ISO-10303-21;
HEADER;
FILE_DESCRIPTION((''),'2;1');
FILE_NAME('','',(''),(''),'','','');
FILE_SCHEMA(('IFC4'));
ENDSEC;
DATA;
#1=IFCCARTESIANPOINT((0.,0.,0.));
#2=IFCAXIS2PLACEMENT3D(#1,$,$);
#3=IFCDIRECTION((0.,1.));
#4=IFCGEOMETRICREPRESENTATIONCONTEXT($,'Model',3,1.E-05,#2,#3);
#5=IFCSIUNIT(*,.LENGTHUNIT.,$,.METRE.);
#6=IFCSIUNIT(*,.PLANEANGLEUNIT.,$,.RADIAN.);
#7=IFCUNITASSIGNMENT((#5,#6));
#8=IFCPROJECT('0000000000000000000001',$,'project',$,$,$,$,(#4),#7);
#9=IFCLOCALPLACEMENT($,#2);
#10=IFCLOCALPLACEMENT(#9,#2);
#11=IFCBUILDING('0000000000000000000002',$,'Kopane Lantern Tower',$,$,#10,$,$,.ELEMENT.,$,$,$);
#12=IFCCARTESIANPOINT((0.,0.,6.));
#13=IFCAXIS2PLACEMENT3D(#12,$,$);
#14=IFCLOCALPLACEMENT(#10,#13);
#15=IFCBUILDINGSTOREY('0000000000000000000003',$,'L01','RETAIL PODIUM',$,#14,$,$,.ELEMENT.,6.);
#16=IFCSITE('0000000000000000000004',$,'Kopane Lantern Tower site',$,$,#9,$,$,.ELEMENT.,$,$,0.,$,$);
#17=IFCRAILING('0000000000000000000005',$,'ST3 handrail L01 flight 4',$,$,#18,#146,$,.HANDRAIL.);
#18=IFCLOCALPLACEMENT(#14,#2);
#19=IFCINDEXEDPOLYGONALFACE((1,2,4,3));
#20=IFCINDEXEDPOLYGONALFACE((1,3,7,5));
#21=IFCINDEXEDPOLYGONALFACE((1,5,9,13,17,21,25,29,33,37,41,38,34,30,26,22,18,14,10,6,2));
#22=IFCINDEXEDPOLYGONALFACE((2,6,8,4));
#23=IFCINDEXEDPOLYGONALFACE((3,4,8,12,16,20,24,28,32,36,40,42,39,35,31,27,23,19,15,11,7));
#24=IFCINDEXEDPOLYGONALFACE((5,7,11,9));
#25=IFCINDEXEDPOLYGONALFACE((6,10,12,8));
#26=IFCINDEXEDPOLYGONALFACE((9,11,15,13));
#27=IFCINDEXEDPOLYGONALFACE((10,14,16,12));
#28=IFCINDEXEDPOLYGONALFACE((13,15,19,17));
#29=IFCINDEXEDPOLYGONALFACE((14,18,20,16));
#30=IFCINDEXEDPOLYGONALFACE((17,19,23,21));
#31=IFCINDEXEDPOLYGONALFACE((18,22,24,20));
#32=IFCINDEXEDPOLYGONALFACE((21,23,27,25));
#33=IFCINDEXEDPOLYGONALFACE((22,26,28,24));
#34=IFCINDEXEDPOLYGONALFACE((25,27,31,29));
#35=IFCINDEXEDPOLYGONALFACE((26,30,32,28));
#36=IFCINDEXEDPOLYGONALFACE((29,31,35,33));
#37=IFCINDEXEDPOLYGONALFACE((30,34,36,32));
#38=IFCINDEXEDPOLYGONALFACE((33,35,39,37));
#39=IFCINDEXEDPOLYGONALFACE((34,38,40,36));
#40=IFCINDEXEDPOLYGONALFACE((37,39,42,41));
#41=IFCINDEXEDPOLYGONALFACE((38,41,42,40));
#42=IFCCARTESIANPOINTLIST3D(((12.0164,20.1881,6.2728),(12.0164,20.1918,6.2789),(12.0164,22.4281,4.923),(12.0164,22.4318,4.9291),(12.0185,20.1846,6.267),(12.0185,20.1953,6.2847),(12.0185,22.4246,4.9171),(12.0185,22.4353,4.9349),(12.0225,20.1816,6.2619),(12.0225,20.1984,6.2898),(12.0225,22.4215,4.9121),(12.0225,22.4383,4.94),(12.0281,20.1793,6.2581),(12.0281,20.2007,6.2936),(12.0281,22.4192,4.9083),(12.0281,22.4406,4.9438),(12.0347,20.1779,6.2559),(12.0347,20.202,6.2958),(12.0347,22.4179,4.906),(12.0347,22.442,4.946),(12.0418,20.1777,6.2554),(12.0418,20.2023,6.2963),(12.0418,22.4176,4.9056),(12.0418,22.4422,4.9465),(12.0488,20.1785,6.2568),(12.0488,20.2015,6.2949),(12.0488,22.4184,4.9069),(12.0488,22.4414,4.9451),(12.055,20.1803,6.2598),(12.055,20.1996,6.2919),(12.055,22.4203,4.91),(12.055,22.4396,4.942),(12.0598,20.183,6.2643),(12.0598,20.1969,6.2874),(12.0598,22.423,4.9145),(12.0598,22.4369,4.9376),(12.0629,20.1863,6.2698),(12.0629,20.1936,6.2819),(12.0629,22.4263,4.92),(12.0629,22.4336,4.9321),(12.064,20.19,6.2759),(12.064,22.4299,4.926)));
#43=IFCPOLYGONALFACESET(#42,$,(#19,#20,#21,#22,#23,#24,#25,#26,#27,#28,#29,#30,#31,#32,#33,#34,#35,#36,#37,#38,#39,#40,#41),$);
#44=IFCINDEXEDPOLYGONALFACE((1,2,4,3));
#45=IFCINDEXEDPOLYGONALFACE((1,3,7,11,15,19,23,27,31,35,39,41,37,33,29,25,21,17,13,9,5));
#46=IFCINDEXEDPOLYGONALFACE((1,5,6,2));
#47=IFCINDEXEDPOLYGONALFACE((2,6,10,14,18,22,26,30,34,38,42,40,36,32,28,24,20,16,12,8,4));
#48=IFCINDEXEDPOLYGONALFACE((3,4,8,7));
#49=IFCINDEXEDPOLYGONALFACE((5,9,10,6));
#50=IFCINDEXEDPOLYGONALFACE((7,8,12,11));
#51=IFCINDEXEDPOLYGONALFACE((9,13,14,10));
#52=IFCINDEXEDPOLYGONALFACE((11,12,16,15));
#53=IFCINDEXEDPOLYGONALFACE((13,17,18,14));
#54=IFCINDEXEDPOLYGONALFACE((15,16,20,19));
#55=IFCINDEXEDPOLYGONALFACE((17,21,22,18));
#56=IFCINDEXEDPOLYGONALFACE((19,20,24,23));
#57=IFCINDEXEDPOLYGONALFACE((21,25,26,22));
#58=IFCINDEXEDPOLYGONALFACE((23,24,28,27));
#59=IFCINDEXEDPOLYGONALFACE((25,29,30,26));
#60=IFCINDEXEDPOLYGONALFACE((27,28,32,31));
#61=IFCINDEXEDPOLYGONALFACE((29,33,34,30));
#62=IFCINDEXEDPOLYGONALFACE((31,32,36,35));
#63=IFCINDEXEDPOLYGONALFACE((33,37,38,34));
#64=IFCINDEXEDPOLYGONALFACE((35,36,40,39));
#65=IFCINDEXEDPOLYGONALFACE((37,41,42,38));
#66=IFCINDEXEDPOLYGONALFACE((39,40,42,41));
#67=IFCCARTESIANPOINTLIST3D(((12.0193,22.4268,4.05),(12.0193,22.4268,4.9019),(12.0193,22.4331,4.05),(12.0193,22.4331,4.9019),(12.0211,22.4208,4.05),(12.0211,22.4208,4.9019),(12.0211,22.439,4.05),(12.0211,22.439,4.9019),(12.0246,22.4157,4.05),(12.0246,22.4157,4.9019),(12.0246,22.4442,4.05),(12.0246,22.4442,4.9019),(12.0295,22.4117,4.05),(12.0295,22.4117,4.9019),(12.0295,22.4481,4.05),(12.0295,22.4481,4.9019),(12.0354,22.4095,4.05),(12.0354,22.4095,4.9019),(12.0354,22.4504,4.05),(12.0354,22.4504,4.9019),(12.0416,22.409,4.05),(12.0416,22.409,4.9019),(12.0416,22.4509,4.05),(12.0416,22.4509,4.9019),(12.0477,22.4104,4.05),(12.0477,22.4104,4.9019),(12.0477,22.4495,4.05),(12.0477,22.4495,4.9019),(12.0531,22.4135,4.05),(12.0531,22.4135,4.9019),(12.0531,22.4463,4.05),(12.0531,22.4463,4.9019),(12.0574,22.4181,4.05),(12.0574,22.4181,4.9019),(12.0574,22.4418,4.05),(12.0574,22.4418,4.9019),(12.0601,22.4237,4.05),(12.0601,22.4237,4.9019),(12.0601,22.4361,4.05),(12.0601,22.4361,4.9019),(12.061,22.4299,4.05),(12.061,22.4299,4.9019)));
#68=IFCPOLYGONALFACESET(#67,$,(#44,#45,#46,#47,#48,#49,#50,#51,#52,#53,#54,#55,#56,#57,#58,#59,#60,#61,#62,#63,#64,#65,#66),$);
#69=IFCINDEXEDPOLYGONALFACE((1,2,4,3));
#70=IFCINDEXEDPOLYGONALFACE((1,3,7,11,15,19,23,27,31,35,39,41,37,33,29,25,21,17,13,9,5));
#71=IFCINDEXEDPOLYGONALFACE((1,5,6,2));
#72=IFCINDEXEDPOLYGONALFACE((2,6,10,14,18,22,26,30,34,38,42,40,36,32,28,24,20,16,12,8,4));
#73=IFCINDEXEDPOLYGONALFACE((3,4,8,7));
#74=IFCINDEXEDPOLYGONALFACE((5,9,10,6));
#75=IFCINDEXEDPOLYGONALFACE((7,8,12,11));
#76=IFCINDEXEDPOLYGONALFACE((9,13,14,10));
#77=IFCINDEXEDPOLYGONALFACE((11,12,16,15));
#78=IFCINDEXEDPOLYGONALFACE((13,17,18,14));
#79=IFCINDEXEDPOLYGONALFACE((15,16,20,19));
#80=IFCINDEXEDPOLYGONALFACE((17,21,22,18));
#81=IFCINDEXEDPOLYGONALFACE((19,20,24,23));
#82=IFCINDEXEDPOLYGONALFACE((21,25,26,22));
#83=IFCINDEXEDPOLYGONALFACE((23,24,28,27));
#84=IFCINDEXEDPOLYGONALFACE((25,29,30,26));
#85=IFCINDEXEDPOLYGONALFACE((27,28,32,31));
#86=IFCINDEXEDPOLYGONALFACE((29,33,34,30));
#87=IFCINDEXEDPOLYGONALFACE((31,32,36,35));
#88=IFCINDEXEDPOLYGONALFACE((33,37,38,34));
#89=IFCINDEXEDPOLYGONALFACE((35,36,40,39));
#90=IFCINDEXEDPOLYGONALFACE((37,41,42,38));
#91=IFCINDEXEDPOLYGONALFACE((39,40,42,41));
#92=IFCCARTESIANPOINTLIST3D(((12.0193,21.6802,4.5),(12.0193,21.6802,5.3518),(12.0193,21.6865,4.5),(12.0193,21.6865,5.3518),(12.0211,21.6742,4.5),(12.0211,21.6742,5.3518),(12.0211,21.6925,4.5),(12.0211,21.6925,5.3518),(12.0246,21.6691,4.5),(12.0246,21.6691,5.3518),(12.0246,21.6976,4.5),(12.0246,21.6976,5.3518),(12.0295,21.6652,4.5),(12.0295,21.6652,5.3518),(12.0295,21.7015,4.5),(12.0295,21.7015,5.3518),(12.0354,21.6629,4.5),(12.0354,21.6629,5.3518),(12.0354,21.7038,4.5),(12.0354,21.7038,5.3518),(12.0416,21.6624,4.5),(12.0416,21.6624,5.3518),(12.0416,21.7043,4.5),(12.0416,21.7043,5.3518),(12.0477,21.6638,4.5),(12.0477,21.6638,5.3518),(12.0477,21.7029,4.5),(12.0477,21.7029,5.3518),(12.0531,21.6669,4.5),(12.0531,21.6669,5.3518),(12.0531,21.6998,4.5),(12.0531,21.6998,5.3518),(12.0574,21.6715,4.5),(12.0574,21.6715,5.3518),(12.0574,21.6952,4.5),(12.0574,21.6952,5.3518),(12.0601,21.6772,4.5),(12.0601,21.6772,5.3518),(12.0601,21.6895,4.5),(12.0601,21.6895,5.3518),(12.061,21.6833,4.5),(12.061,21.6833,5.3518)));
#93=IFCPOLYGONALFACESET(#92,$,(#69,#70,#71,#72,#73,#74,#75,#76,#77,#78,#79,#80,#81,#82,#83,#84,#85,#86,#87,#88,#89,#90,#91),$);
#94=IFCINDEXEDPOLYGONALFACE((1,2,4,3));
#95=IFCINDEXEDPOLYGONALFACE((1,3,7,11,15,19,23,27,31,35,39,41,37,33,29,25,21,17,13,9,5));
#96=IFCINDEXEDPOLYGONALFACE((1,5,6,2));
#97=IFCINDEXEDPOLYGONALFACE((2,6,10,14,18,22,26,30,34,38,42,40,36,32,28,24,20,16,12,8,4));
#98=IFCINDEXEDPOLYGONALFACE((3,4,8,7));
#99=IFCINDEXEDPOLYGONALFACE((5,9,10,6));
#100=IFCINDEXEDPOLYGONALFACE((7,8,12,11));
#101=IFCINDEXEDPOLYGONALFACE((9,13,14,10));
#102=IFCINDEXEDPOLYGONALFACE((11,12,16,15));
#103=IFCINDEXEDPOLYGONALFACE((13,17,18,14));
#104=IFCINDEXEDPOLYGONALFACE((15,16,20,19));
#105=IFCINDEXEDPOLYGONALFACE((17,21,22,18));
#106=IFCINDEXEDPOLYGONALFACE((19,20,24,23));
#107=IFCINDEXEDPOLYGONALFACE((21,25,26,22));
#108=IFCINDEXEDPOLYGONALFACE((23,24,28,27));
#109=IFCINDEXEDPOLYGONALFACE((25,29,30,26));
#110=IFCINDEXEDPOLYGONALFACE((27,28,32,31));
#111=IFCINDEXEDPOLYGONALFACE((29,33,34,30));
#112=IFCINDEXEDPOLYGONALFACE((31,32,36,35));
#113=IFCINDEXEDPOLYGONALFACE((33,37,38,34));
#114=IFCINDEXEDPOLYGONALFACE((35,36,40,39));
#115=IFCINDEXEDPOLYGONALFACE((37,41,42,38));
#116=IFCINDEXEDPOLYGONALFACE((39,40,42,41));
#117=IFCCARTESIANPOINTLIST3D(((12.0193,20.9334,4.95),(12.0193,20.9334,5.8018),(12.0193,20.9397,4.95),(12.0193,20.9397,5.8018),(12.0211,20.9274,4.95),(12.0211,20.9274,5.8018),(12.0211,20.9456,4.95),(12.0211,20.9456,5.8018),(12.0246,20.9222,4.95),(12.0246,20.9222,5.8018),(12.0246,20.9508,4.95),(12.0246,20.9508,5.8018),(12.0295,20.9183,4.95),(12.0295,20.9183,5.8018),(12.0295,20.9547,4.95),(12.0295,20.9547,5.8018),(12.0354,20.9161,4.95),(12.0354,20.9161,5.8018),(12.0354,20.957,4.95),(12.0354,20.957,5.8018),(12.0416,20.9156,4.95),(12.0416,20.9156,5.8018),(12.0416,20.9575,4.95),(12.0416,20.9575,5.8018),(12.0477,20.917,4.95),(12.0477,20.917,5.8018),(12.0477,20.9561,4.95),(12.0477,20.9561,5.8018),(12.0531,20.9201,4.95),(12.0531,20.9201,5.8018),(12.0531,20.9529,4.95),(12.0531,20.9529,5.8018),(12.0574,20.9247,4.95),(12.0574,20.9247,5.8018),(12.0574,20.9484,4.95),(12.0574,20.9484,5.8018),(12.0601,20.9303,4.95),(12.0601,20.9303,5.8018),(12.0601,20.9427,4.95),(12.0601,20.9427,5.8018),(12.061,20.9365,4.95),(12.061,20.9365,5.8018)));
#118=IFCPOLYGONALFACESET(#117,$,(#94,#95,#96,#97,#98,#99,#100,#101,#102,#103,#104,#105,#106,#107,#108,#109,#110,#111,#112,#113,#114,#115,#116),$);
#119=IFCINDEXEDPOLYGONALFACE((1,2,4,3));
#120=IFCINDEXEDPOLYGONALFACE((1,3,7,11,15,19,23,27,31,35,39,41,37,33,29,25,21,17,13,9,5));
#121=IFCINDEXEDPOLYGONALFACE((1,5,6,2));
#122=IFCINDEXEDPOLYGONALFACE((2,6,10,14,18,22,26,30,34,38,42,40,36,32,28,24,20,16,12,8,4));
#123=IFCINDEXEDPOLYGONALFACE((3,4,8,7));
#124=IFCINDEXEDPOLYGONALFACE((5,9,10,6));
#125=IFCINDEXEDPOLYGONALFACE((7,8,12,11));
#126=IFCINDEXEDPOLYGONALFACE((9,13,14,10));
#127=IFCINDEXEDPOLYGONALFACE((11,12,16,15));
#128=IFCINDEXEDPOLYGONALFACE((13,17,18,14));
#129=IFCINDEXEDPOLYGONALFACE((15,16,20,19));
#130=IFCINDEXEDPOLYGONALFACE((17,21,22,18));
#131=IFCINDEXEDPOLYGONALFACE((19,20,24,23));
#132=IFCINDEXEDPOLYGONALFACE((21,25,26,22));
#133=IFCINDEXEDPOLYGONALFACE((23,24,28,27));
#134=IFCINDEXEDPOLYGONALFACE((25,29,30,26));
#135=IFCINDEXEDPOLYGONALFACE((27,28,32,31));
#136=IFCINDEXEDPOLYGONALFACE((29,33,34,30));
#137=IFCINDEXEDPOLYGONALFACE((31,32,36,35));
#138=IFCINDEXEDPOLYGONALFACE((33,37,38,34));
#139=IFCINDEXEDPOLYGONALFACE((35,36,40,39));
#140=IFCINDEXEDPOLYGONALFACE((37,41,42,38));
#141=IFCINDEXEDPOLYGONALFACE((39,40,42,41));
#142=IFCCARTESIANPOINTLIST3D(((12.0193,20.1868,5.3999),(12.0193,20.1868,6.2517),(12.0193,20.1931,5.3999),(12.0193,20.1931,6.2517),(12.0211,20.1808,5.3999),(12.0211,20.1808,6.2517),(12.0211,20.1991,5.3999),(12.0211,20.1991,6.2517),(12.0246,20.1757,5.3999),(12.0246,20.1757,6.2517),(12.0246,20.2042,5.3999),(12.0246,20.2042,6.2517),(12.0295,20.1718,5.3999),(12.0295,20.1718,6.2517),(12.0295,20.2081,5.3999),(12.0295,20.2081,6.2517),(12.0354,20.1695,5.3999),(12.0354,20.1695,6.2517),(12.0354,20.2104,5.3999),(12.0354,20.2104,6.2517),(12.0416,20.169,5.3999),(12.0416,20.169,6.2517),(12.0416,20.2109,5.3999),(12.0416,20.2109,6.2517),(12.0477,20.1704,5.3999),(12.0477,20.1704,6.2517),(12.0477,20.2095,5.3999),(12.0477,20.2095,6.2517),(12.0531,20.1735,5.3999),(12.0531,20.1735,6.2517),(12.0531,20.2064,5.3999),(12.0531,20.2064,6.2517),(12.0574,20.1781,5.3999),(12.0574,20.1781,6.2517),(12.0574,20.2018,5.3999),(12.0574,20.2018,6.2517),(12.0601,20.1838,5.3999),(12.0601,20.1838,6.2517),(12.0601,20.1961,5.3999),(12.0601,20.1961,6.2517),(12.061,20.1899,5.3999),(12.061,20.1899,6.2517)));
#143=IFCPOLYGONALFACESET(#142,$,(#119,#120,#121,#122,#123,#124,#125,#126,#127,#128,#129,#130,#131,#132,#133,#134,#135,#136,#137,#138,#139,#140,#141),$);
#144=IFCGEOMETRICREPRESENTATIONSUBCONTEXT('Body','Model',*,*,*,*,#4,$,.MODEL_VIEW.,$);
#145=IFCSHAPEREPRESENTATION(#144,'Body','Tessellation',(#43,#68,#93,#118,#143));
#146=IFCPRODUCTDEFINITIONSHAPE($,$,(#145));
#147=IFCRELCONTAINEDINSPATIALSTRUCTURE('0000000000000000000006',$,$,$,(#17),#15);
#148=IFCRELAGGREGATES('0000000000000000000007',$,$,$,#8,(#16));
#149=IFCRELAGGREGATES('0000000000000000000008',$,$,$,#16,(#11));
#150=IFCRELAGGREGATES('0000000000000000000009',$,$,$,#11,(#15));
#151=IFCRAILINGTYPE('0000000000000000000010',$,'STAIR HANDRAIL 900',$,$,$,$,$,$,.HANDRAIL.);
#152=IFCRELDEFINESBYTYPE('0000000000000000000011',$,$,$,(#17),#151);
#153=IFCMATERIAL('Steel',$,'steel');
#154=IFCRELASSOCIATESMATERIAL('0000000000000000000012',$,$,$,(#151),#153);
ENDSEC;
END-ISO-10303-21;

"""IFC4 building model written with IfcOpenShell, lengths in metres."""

from ifc_helpers import new_model, si_unit, direction, frame, origin, origin_2d, place, context, subcontext, project, spatial, circle, extrude, material, type_object, element, save


model = new_model("IFC4")

# Units and contexts
model_context = context("Model", 3, precision=1e-05, world=origin(), true_north=direction((0.0, 1.0)))
body_context = subcontext(model_context, "Body", "Model", "MODEL_VIEW")
ifc_project = project(units=[si_unit("LENGTHUNIT", "METRE"), si_unit("PLANEANGLEUNIT", "RADIAN")], contexts=[model_context])

# Site, building, storey
site_placement = place(None, origin())
site = spatial("IfcSite", under=ifc_project, at=site_placement, Name="Kopane Lantern Tower site", CompositionType="ELEMENT", RefElevation=0.0)
building_placement = place(site_placement, origin())
building = spatial("IfcBuilding", under=site, at=building_placement, Name="Kopane Lantern Tower", CompositionType="ELEMENT")
storey_placement = place(building_placement, frame((0.0, 0.0, 6.0)))
storey = spatial("IfcBuildingStorey", under=building, at=storey_placement, Name="L01", Description="RETAIL PODIUM", CompositionType="ELEMENT", Elevation=6.0)

# Railing
ifc_material_1 = material(Name="Steel", Category="steel")
railing_type_1 = type_object("IfcRailingType", Name="STAIR HANDRAIL 900", PredefinedType="HANDRAIL", material=ifc_material_1)
for number, where, name in (
    (1, (12.04, 22.4299, 4.05), "ST3 handrail L01 flight 4"),
):
    element("IfcRailing", number, at=place(storey_placement, frame(where)), inside=storey, type_object=railing_type_1, Name=name, PredefinedType="HANDRAIL", context=body_context, shape_type="SweptSolid", body=[
        extrude(circle(Radius=0.0239, at=origin_2d()), frame((0.0, 0.0, 0.876), z_axis=(0.0, -0.856503, 0.516142), x_axis=(1.0, 0.0, 0.0)), (0.0, 0.0, 1.0), 2.6152),
        extrude(circle(Radius=0.021, at=origin_2d()), origin(), (0.0, 0.0, 1.0), 0.8518),
        extrude(circle(Radius=0.021, at=origin_2d()), frame((0.0, -0.7466, 0.45)), (0.0, 0.0, 1.0), 0.8518),
        extrude(circle(Radius=0.021, at=origin_2d()), frame((0.0, -1.4934, 0.8999)), (0.0, 0.0, 1.0), 0.8518),
        extrude(circle(Radius=0.021, at=origin_2d()), frame((0.0, -2.24, 1.3499)), (0.0, 0.0, 1.0), 0.8518),
    ])

save(model, "model.ifc")
